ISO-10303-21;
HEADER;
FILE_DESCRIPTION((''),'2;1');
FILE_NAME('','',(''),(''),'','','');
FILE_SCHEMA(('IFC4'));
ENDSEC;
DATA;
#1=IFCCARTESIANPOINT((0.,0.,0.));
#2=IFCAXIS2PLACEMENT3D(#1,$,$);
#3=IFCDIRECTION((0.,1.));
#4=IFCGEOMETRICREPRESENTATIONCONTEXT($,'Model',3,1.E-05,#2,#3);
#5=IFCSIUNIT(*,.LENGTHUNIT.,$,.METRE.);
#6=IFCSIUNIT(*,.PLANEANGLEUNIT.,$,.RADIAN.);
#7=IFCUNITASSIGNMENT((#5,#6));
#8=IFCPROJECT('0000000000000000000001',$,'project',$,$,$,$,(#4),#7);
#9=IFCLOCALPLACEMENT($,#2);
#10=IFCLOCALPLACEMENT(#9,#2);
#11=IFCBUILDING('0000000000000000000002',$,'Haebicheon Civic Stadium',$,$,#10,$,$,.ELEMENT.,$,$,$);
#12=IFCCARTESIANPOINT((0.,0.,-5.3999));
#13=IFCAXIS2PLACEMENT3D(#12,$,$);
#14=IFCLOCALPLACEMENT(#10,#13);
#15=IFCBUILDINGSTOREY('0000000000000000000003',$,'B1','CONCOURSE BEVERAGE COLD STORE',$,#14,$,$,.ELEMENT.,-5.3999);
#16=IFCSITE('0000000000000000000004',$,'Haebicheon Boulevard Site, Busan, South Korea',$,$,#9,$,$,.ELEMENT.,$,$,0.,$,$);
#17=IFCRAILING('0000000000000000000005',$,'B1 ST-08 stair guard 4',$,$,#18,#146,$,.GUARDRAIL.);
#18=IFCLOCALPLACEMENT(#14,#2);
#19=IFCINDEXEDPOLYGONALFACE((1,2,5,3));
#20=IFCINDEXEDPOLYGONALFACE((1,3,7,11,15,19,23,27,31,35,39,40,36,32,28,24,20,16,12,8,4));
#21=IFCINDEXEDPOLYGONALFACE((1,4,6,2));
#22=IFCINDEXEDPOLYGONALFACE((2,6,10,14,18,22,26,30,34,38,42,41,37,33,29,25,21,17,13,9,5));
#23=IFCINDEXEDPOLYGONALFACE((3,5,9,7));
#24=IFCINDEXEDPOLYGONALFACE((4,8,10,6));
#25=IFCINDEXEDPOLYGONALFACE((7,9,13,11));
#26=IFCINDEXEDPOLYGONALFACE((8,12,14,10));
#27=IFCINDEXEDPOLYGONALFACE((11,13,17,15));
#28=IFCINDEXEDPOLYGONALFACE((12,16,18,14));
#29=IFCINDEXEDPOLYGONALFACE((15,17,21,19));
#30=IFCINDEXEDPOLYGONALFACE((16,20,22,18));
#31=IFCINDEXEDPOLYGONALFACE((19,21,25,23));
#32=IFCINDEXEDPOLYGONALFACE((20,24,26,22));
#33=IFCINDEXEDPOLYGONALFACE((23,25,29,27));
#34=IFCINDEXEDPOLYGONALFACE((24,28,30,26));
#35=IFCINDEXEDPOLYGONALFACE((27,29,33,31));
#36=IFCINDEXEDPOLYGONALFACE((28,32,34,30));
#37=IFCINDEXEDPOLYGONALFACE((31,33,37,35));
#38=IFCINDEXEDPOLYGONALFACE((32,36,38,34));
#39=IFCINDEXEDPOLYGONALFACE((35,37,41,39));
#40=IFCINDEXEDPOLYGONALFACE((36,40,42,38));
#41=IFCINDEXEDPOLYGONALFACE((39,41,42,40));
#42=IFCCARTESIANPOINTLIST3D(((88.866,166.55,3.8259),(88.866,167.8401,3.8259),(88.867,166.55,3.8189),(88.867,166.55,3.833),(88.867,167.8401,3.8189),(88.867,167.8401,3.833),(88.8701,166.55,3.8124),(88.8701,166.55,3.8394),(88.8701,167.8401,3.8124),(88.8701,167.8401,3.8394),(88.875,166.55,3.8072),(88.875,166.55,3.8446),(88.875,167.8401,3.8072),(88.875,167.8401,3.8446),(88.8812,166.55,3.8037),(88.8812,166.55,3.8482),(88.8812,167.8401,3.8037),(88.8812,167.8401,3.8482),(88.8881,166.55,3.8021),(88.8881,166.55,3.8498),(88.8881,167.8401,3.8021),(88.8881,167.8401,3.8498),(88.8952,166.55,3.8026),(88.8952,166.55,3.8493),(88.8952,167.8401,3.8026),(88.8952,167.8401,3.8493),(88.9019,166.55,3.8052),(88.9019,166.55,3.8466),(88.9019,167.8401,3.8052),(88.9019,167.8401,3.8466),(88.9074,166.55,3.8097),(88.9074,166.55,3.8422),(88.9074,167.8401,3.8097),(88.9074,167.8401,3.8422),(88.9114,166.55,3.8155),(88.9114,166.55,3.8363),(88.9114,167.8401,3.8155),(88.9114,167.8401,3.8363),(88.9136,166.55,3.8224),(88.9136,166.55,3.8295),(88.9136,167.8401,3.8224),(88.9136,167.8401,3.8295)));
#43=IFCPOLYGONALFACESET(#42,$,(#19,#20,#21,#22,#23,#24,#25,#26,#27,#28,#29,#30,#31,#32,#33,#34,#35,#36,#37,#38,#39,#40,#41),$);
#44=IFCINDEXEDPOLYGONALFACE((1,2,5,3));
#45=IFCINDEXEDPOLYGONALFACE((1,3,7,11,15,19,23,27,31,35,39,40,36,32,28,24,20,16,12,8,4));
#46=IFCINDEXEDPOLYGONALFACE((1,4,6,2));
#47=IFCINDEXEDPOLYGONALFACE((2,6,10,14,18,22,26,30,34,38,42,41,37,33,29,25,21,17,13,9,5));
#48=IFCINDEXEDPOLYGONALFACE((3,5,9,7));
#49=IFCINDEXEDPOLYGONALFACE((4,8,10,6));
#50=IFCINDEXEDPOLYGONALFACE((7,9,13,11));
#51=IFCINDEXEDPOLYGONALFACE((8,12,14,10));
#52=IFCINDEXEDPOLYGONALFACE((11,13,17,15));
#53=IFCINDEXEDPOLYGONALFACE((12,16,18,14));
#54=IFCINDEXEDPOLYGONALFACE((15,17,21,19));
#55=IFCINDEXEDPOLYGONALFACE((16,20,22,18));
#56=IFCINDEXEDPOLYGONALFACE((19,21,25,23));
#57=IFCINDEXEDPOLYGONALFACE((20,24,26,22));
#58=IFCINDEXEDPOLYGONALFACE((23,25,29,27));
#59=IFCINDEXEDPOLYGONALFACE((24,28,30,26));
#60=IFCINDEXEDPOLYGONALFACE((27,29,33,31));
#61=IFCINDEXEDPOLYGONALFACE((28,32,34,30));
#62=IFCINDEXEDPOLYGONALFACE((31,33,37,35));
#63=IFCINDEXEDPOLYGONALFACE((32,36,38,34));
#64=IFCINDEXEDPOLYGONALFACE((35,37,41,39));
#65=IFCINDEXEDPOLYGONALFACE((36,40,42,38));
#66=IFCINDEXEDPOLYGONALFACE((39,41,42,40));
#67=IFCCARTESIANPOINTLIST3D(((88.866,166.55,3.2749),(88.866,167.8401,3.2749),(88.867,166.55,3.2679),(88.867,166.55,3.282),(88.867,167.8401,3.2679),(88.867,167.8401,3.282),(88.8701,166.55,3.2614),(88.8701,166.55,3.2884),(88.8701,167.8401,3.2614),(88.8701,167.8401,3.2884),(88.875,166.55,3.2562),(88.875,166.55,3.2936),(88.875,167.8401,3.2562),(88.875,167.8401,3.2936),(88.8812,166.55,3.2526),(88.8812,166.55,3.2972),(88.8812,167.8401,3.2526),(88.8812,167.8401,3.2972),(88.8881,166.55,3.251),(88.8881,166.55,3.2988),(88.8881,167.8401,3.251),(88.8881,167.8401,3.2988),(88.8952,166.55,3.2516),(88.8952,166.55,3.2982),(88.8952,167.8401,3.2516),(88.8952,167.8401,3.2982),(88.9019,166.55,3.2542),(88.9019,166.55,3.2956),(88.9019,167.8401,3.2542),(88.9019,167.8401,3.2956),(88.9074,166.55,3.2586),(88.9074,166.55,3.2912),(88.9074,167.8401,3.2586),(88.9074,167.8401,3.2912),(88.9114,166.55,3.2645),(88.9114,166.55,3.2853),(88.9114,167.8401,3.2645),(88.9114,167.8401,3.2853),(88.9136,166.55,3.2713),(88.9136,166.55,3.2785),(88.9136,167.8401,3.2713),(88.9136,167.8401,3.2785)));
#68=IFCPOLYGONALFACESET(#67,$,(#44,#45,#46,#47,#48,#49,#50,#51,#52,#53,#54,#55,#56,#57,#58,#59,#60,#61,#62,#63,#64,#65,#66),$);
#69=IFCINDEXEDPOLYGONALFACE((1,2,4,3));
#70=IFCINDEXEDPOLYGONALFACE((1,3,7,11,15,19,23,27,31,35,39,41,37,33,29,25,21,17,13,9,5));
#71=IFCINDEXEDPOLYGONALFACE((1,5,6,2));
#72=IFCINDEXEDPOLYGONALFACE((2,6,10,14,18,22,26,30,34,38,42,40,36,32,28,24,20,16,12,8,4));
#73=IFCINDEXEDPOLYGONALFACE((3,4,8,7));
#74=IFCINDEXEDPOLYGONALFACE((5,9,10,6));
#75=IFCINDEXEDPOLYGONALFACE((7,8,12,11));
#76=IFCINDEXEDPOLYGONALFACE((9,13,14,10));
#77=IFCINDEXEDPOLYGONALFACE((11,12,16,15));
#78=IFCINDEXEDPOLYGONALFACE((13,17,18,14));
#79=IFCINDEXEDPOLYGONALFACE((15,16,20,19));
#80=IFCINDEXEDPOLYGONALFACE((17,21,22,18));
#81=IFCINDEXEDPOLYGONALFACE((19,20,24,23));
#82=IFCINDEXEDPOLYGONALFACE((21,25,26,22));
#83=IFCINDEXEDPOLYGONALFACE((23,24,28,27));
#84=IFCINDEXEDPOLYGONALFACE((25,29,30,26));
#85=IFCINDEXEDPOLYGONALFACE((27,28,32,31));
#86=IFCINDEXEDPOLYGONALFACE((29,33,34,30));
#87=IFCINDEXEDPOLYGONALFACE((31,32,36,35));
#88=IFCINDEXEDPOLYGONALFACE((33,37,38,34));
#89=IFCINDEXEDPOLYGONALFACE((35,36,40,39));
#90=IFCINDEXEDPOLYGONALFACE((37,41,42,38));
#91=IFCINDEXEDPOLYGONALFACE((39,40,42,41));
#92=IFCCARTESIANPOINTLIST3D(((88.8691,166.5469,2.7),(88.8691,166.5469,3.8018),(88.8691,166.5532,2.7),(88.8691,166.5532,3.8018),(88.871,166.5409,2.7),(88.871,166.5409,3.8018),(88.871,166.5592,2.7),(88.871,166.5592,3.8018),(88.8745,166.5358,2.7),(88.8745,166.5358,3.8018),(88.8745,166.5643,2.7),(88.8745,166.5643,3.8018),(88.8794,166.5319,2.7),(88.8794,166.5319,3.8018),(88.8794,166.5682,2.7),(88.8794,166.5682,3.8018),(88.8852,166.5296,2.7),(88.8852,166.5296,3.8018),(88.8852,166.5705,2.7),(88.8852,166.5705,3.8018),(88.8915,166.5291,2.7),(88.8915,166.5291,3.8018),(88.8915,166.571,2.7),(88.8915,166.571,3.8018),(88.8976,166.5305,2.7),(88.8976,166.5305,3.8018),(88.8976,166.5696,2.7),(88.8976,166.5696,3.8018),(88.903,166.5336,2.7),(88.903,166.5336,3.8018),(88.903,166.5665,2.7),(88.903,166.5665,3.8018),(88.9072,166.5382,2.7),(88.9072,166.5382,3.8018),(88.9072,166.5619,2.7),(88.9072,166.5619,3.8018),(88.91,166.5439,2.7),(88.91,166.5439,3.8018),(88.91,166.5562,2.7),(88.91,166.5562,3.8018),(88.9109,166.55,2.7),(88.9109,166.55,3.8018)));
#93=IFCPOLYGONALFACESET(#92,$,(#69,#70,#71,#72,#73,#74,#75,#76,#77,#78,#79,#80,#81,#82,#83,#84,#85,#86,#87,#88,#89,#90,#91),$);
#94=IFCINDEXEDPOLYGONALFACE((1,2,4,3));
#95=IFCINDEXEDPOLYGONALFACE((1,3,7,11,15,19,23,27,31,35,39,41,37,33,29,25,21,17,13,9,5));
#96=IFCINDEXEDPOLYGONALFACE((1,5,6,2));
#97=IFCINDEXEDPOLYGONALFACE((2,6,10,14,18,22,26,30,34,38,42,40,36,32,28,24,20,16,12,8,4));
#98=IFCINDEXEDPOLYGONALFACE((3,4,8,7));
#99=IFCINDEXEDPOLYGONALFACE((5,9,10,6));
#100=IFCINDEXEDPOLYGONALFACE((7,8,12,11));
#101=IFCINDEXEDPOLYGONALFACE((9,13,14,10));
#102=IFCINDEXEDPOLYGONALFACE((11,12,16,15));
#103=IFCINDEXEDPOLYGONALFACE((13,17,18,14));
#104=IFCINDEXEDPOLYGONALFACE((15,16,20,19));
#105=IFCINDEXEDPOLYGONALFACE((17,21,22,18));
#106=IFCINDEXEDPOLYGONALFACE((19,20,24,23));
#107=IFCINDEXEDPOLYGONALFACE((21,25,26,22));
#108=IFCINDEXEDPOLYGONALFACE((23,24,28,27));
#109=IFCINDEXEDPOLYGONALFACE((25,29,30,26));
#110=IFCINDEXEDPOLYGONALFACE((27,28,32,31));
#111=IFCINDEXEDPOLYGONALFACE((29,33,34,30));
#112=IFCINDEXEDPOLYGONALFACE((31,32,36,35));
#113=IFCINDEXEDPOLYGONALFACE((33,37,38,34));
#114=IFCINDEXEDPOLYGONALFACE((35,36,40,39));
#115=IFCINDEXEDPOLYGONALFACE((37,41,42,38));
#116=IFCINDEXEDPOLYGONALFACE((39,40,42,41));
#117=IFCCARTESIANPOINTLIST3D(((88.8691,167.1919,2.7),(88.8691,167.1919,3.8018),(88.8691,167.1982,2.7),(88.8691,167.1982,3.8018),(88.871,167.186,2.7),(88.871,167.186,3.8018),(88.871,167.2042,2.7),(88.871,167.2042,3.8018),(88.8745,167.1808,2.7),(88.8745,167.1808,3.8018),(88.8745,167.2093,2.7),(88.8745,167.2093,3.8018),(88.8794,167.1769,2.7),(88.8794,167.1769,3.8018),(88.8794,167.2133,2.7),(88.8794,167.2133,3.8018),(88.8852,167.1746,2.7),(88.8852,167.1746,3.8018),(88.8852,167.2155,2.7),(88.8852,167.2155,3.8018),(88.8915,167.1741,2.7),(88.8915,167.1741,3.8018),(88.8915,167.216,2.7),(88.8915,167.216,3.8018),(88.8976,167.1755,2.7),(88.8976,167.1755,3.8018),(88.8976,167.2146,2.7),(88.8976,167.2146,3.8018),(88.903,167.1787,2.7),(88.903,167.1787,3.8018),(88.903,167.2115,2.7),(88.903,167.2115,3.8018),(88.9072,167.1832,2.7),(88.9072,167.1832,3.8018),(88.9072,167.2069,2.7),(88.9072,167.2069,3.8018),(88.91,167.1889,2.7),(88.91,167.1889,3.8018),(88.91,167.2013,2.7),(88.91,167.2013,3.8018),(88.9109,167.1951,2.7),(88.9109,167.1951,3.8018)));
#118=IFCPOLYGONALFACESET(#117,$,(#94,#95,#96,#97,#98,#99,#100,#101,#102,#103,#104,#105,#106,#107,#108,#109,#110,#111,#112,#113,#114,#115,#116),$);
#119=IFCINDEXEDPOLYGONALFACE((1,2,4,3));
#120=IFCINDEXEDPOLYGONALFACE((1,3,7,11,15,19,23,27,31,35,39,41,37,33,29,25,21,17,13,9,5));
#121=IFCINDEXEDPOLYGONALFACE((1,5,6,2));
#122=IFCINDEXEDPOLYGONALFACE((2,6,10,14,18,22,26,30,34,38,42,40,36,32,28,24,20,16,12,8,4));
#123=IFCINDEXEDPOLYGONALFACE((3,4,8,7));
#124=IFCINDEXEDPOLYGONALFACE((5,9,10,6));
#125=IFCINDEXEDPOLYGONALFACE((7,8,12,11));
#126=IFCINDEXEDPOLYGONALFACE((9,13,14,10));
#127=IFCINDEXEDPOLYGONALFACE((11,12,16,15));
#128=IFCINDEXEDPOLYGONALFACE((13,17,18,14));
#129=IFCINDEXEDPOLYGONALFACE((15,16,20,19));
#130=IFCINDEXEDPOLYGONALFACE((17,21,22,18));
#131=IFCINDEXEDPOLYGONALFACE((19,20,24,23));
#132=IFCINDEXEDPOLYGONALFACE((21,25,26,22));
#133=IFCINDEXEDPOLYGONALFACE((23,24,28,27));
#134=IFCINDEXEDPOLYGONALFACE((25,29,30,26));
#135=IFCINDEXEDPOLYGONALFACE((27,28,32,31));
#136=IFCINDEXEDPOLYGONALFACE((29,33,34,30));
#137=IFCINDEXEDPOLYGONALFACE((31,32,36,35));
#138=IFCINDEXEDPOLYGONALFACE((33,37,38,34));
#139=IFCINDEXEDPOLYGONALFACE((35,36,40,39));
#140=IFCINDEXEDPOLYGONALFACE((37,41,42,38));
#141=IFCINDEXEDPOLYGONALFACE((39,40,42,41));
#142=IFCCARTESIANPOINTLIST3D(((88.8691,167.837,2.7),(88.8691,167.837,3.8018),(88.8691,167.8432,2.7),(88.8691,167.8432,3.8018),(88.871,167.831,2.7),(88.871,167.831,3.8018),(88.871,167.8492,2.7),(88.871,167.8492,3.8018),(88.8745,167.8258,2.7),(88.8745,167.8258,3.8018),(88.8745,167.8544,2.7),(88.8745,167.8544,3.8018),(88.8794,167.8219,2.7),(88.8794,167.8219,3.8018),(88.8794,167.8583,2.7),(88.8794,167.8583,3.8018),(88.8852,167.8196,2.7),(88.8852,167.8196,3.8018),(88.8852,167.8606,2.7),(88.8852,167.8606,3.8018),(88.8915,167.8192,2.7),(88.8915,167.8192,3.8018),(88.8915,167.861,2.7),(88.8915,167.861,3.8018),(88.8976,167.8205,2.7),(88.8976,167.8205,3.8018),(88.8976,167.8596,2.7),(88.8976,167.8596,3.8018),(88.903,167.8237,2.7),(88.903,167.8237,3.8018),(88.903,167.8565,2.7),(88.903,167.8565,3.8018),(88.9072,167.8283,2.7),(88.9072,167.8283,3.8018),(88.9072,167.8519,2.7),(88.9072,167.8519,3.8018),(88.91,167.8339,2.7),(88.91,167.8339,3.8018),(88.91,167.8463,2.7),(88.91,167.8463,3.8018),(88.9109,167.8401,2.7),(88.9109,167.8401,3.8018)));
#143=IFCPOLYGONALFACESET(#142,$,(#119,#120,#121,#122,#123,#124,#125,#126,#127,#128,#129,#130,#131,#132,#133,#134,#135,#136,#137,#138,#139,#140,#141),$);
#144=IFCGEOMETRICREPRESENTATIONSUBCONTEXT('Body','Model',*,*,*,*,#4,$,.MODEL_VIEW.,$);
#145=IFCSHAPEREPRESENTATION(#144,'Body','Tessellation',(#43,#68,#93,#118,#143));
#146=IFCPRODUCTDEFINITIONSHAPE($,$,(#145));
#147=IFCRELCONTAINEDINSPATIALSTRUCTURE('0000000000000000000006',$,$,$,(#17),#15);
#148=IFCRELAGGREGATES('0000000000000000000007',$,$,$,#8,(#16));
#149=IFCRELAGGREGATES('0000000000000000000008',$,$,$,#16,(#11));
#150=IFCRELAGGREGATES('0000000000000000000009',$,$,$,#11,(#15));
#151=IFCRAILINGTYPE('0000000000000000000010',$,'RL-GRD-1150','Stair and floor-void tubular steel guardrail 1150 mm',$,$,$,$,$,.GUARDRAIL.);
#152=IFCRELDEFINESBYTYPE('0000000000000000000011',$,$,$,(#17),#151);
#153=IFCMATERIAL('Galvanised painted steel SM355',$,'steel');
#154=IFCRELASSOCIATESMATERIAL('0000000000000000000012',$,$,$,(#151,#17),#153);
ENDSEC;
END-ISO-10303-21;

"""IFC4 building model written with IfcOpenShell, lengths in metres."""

from ifc_helpers import new_model, si_unit, direction, frame, origin, origin_2d, place, context, subcontext, project, spatial, circle, extrude, material, type_object, element, save


model = new_model("IFC4")

# Units and contexts
model_context = context("Model", 3, precision=1e-05, world=origin(), true_north=direction((0.0, 1.0)))
body_context = subcontext(model_context, "Body", "Model", "MODEL_VIEW")
ifc_project = project(units=[si_unit("LENGTHUNIT", "METRE"), si_unit("PLANEANGLEUNIT", "RADIAN")], contexts=[model_context])

# Site, building, storey
site_placement = place(None, origin())
site = spatial("IfcSite", under=ifc_project, at=site_placement, Name="Haebicheon Boulevard Site, Busan, South Korea", CompositionType="ELEMENT", RefElevation=0.0)
building_placement = place(site_placement, origin())
building = spatial("IfcBuilding", under=site, at=building_placement, Name="Haebicheon Civic Stadium", CompositionType="ELEMENT")
storey_placement = place(building_placement, frame((0.0, 0.0, -5.3999)))
storey = spatial("IfcBuildingStorey", under=building, at=storey_placement, Name="B1", Description="CONCOURSE BEVERAGE COLD STORE", CompositionType="ELEMENT", Elevation=-5.3999)

# Railing
ifc_material_1 = material(Name="Galvanised painted steel SM355", Category="steel")
railing_type_1 = type_object("IfcRailingType", Name="RL-GRD-1150", Description="Stair and floor-void tubular steel guardrail 1150 mm", PredefinedType="GUARDRAIL", material=ifc_material_1)
for number, where, name in (
    (1, (88.8899, 166.55, 2.7), "B1 ST-08 stair guard 4"),
):
    element("IfcRailing", number, at=place(storey_placement, frame(where)), inside=storey, type_object=railing_type_1, material=ifc_material_1, Name=name, PredefinedType="GUARDRAIL", context=body_context, shape_type="SweptSolid", body=[
        extrude(circle(Radius=0.0239, at=origin_2d()), frame((0.0, 0.0, 1.126), z_axis=(0.0, 1.0, 0.0), x_axis=(-1.0, 0.0, 0.0)), (0.0, 0.0, 1.0), 1.29),
        extrude(circle(Radius=0.0239, at=origin_2d()), frame((0.0, 0.0, 0.575), z_axis=(0.0, 1.0, 0.0), x_axis=(-1.0, 0.0, 0.0)), (0.0, 0.0, 1.0), 1.29),
        extrude(circle(Radius=0.021, at=origin_2d()), origin(), (0.0, 0.0, 1.0), 1.1018),
        extrude(circle(Radius=0.021, at=origin_2d()), frame((0.0, 0.645, 0.0)), (0.0, 0.0, 1.0), 1.1018),
        extrude(circle(Radius=0.021, at=origin_2d()), frame((0.0, 1.29, 0.0)), (0.0, 0.0, 1.0), 1.1018),
    ])

save(model, "model.ifc")
